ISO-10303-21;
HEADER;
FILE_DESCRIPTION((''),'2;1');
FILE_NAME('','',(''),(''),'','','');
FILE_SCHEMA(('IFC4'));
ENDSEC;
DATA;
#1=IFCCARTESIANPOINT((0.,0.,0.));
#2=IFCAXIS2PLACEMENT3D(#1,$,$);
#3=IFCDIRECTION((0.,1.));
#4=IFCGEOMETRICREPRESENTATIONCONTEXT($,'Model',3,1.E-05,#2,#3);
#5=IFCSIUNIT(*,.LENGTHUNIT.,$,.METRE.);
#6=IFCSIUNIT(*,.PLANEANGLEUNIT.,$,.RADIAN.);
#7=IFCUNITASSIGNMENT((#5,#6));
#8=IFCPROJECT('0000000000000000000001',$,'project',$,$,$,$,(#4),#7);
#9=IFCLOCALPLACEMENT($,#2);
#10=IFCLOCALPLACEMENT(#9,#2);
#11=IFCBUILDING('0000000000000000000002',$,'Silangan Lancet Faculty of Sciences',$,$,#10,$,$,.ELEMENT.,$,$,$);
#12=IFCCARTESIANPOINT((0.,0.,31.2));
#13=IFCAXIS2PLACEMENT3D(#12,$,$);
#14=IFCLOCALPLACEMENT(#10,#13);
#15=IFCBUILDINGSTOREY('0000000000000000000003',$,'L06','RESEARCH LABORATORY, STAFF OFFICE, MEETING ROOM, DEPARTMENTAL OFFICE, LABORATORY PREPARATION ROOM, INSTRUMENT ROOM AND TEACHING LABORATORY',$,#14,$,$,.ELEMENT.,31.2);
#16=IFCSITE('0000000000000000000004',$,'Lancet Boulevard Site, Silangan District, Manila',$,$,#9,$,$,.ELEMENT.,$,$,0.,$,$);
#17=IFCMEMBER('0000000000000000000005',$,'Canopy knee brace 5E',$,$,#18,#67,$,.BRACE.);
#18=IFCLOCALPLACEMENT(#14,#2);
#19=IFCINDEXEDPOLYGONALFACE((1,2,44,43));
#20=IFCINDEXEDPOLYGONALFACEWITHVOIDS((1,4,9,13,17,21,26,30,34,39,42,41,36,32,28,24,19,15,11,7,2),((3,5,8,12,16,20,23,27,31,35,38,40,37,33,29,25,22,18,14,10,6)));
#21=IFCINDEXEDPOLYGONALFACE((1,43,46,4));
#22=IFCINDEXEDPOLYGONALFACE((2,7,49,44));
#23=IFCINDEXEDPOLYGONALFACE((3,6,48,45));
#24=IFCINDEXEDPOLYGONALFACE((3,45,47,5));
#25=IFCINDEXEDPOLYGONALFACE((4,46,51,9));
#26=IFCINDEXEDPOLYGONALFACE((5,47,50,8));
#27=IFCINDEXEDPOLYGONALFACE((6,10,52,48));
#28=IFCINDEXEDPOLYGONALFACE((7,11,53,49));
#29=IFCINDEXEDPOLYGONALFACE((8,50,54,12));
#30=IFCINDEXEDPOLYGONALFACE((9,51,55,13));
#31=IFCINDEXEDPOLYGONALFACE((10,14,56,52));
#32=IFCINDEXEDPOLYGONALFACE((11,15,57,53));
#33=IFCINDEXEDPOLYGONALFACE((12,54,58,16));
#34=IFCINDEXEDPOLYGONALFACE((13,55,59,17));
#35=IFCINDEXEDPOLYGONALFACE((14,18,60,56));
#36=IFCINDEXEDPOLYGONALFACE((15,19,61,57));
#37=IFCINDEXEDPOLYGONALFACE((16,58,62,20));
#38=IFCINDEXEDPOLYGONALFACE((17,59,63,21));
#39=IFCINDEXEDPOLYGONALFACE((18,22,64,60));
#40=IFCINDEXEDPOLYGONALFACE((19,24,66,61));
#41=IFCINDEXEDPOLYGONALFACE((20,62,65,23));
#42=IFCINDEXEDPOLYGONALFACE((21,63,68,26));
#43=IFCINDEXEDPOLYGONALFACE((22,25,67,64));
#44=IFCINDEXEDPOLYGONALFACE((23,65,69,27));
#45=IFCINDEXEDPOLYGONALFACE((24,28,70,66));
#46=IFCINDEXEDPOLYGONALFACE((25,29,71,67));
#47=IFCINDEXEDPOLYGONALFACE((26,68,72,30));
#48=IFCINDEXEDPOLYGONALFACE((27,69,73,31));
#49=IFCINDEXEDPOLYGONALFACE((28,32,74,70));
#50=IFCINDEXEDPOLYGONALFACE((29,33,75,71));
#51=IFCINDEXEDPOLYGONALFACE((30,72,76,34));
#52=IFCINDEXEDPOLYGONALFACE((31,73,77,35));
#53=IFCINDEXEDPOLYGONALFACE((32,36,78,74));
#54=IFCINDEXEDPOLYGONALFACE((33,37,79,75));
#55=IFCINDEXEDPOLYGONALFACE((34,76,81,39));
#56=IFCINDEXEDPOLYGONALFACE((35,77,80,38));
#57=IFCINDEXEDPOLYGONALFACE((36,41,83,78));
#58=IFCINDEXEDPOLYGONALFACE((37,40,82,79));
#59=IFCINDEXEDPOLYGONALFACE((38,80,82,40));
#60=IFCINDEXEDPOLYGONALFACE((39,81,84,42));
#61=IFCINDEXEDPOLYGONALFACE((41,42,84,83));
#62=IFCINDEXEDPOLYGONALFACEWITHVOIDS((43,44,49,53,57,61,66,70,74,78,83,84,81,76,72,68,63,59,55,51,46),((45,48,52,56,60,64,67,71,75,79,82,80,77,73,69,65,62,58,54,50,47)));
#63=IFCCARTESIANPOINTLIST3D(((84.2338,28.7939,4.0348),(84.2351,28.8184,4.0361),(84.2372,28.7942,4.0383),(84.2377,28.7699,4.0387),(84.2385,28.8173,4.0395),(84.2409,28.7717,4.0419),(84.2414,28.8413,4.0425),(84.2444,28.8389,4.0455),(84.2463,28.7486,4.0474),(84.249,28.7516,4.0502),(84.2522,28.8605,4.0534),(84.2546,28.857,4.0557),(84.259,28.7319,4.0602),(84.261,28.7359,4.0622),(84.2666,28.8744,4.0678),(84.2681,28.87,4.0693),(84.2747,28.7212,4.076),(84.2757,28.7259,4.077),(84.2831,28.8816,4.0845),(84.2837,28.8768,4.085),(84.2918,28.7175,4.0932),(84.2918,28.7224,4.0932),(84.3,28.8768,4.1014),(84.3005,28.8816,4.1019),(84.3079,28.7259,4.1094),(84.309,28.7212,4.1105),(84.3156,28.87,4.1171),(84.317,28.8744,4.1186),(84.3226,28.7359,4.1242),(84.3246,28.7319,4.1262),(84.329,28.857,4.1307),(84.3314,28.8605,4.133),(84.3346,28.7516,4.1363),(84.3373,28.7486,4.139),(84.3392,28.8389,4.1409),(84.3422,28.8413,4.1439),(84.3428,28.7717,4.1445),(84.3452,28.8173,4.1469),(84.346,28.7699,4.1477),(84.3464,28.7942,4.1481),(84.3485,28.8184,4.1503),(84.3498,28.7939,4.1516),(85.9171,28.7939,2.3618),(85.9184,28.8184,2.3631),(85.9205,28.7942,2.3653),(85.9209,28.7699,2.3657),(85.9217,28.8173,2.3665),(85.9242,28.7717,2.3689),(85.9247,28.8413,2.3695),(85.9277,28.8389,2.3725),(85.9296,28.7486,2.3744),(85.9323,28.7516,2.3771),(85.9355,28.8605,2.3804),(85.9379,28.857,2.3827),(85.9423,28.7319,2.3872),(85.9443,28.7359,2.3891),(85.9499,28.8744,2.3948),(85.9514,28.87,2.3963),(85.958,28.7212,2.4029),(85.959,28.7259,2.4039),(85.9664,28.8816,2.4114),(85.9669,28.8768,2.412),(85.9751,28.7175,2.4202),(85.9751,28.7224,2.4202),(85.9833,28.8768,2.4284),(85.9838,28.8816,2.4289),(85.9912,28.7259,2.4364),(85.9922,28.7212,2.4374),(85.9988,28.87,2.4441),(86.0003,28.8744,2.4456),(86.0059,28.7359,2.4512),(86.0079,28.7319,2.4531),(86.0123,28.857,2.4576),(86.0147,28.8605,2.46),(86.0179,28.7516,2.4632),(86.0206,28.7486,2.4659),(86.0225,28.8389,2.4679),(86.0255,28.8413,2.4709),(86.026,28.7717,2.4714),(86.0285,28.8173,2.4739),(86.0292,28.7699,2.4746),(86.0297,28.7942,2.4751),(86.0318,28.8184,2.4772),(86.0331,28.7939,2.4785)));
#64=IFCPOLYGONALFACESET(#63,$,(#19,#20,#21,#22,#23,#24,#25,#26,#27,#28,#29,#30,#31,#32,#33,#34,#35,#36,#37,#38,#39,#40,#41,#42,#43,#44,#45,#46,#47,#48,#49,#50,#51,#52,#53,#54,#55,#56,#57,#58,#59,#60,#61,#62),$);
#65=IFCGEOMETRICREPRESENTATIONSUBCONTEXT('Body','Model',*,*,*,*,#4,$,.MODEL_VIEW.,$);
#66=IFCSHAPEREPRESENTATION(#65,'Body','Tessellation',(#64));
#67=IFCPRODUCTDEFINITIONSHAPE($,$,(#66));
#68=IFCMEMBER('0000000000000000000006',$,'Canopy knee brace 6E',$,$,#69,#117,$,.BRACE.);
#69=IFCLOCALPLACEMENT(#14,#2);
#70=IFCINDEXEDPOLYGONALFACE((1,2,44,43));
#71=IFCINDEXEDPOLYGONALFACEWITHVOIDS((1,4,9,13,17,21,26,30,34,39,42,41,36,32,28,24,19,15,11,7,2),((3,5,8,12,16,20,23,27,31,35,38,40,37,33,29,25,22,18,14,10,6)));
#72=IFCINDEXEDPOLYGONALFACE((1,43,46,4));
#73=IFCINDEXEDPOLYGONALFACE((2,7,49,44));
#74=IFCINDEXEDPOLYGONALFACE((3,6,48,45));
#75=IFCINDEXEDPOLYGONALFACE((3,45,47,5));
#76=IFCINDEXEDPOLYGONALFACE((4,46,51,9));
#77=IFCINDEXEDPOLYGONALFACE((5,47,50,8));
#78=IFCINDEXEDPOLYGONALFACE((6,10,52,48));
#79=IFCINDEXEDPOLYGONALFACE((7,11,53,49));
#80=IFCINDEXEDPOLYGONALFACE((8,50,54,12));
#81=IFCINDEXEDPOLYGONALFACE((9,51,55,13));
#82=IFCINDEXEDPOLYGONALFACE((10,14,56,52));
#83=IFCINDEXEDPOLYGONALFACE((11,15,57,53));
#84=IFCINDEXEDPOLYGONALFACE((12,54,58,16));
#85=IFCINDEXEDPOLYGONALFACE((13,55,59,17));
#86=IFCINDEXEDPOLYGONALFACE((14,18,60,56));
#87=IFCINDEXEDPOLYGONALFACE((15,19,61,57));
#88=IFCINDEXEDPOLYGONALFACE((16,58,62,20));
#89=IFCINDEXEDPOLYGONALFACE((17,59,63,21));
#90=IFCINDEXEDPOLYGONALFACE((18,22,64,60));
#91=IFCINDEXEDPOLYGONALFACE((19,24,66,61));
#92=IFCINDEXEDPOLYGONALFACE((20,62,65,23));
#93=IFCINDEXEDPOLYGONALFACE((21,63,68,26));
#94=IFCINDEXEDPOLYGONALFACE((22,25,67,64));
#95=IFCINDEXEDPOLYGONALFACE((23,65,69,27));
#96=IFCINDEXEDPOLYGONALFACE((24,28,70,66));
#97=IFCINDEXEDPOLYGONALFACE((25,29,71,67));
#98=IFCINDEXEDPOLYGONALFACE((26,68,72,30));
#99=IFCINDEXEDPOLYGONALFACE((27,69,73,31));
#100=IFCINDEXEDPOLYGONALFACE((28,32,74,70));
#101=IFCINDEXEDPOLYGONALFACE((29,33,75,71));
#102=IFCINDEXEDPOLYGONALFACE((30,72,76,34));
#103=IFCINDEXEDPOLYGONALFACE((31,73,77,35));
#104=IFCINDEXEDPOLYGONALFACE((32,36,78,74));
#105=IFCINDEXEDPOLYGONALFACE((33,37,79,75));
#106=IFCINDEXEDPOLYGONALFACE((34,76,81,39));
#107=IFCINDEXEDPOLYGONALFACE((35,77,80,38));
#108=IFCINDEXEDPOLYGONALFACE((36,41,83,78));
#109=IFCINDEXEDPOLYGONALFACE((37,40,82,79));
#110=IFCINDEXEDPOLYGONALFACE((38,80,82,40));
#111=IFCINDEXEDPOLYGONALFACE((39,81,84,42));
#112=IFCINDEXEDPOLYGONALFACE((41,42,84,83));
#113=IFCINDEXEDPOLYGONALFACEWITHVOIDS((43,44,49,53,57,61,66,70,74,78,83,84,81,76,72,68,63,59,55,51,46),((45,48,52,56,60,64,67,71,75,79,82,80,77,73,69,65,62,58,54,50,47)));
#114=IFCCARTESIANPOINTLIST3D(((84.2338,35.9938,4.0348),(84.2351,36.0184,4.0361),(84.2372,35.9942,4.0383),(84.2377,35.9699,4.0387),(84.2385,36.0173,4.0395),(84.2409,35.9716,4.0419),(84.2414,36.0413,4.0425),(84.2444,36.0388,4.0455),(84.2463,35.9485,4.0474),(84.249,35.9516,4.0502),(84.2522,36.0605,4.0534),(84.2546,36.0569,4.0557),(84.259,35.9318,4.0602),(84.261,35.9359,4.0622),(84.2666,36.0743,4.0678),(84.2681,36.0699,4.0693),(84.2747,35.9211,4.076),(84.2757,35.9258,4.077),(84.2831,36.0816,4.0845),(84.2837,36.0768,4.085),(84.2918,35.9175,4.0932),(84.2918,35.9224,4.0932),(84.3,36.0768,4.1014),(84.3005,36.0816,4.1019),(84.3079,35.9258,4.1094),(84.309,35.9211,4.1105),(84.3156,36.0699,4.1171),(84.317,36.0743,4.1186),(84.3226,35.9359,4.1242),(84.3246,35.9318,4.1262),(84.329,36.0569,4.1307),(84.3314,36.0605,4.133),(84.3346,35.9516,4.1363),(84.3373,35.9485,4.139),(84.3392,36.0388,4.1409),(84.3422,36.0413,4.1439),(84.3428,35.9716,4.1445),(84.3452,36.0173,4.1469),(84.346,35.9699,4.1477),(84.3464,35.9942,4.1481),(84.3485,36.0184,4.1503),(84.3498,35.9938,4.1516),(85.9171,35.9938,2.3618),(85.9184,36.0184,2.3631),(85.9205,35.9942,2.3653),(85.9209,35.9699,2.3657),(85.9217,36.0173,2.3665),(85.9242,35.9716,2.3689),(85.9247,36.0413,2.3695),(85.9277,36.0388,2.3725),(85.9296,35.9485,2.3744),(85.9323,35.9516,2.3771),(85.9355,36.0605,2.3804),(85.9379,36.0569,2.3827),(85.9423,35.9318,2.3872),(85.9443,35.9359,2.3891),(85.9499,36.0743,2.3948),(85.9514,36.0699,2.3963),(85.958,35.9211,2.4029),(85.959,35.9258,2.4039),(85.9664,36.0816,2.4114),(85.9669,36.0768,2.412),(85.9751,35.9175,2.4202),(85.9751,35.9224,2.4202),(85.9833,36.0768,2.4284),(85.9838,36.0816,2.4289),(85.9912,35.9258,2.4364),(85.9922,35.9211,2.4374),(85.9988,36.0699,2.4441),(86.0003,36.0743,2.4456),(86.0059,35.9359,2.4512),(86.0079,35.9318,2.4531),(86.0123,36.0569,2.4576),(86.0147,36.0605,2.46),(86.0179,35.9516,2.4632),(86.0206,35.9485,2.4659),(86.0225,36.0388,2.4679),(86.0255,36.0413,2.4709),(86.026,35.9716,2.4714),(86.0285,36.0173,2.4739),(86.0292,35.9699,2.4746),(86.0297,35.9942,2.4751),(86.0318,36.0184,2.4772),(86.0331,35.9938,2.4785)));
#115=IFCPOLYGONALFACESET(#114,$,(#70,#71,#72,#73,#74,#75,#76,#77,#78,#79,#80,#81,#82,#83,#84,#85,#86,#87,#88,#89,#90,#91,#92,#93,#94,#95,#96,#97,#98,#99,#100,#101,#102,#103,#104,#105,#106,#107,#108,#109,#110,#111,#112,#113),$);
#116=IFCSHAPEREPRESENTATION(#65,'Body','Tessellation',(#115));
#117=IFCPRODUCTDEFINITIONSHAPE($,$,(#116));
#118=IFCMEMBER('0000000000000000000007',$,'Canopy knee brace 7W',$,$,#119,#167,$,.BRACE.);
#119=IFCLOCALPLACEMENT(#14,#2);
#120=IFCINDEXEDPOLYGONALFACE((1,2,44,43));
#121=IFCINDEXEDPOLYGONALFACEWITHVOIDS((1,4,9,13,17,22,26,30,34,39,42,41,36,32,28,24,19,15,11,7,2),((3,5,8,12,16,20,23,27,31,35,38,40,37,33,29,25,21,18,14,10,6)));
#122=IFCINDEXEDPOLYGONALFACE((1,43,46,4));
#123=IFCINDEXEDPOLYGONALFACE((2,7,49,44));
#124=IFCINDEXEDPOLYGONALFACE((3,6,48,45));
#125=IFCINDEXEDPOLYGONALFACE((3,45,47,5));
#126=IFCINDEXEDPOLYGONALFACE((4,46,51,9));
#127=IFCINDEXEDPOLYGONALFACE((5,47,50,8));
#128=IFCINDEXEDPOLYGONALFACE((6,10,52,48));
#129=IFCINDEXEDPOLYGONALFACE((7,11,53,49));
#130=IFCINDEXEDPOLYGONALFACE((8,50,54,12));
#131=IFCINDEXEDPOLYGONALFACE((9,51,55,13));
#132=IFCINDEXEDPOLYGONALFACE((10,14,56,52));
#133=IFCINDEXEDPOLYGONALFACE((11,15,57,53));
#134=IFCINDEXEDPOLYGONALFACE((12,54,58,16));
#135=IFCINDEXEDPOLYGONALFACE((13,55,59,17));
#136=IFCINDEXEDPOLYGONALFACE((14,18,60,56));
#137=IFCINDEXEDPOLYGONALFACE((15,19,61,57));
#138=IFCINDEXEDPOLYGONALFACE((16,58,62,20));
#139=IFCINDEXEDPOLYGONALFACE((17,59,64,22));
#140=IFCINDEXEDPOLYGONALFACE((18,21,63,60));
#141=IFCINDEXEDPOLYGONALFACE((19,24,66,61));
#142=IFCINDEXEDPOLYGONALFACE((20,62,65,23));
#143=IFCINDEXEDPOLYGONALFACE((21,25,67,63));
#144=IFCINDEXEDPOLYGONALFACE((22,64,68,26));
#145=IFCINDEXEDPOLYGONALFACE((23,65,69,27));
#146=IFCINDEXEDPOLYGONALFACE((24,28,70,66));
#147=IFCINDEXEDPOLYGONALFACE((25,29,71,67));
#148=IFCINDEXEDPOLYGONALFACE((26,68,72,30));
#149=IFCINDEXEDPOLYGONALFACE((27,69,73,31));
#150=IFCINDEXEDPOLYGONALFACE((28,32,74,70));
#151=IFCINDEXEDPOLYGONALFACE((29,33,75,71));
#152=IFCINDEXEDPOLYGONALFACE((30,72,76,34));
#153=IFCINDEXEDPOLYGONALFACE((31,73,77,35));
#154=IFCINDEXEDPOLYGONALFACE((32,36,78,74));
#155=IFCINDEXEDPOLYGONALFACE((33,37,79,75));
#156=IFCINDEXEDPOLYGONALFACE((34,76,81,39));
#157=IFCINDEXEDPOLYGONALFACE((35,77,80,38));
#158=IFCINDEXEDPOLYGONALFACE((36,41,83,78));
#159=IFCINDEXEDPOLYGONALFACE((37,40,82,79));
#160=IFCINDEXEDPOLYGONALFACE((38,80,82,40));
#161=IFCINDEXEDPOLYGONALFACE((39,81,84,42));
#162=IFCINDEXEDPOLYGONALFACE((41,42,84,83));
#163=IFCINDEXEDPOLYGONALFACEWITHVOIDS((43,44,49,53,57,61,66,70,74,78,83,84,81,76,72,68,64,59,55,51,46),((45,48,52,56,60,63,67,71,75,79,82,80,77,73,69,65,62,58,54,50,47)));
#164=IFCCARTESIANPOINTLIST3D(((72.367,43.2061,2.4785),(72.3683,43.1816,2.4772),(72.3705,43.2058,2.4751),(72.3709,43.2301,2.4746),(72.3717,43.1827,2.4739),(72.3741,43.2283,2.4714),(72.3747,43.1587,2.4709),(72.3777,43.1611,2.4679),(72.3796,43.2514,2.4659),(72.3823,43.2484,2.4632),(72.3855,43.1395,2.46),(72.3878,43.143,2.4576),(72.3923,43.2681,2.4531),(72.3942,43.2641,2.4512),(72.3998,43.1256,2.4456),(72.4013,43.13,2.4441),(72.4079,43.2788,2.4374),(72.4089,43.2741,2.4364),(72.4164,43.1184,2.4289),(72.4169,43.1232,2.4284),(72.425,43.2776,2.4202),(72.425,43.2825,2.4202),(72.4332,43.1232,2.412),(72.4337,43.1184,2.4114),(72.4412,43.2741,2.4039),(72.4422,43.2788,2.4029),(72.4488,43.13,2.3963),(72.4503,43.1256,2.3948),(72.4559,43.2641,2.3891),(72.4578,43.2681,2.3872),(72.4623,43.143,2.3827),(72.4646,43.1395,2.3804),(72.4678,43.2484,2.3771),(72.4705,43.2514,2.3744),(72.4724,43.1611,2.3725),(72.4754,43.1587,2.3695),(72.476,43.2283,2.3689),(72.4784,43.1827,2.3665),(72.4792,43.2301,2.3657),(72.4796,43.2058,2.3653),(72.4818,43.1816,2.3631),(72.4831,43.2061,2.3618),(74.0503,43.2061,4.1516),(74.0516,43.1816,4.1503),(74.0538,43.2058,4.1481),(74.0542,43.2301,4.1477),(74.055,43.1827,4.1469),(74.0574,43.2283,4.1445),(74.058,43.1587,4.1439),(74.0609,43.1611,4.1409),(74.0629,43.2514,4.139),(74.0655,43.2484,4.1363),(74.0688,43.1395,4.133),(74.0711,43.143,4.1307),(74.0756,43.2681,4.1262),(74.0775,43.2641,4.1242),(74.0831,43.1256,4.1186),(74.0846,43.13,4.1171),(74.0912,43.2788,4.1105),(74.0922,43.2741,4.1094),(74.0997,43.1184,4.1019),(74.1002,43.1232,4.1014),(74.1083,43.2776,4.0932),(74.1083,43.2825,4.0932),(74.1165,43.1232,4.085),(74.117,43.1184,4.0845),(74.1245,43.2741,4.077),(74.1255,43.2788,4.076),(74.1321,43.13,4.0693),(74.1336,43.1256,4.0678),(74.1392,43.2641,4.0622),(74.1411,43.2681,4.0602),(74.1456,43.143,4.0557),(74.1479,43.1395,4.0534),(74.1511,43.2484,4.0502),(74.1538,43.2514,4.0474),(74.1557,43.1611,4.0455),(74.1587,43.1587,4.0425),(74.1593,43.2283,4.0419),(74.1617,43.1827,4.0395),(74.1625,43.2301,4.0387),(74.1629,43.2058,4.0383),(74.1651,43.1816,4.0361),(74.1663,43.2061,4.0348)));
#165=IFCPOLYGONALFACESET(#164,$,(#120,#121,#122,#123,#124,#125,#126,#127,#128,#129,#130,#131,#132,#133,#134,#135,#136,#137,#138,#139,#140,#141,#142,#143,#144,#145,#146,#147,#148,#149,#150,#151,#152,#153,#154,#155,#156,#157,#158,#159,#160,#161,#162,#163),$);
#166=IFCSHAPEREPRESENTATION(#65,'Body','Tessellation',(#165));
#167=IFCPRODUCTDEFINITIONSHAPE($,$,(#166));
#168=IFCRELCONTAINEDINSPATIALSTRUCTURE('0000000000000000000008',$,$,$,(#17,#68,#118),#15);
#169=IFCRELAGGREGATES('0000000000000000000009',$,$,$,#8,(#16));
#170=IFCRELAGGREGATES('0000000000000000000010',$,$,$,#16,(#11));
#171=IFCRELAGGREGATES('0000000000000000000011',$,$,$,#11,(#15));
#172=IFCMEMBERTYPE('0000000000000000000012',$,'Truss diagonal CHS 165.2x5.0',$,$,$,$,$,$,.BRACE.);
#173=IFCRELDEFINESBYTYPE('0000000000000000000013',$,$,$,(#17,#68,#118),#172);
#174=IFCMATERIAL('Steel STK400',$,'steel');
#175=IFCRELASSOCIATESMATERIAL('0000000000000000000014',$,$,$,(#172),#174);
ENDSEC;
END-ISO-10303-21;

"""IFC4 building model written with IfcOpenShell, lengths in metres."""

from ifc_helpers import new_model, si_unit, direction, frame, origin, origin_2d, place, context, subcontext, project, spatial, hollow_circle, extrude, material, material_profile, profile_set, type_object, element, save


model = new_model("IFC4")

# Units and contexts
model_context = context("Model", 3, precision=1e-05, world=origin(), true_north=direction((0.0, 1.0)))
body_context = subcontext(model_context, "Body", "Model", "MODEL_VIEW")
ifc_project = project(units=[si_unit("LENGTHUNIT", "METRE"), si_unit("PLANEANGLEUNIT", "RADIAN")], contexts=[model_context])

# Site, building, storey
site_placement = place(None, origin())
site = spatial("IfcSite", under=ifc_project, at=site_placement, Name="Lancet Boulevard Site, Silangan District, Manila", CompositionType="ELEMENT", RefElevation=0.0)
building_placement = place(site_placement, origin())
building = spatial("IfcBuilding", under=site, at=building_placement, Name="Silangan Lancet Faculty of Sciences", CompositionType="ELEMENT")
storey_placement = place(building_placement, frame((0.0, 0.0, 31.2)))
storey = spatial("IfcBuildingStorey", under=building, at=storey_placement, Name="L06", Description="RESEARCH LABORATORY, STAFF OFFICE, MEETING ROOM, DEPARTMENTAL OFFICE, LABORATORY PREPARATION ROOM, INSTRUMENT ROOM AND TEACHING LABORATORY", CompositionType="ELEMENT", Elevation=31.2)

# Members
ifc_material_1 = material(Name="Steel STK400", Category="steel")
ifc_material_profile_1 = material_profile(ifc_material_1, hollow_circle(Radius=0.0825, WallThickness=0.0049, at=origin_2d()), Name="CHS 165.2x5.0")
ifc_profile_set_1 = profile_set([ifc_material_profile_1], Name="Steel STK400")
member_type_1 = type_object("IfcMemberType", Name="Truss diagonal CHS 165.2x5.0", PredefinedType="BRACE", material=ifc_profile_set_1)
for number, where, z_axis, x_axis, name in (
    (1, (85.9751, 28.8, 2.4202), (-0.709264, 0.0, 0.704943), (0.0, -1.0, 0.0), "Canopy knee brace 5E"),
    (2, (85.9751, 36.0, 2.4202), (-0.709264, 0.0, 0.704943), (0.0, -1.0, 0.0), "Canopy knee brace 6E"),
    (3, (72.425, 43.2, 2.4202), (0.709264, 0.0, 0.704943), (0.0, 1.0, 0.0), "Canopy knee brace 7W"),
):
    element("IfcMember", number, at=place(storey_placement, frame(where, z_axis=z_axis, x_axis=x_axis)), inside=storey, type_object=member_type_1, Name=name, PredefinedType="BRACE", context=body_context, shape_type="SweptSolid", body=[
        extrude(hollow_circle(Radius=0.0825, WallThickness=0.0049, at=origin_2d()), origin(), (0.0, 0.0, 1.0), 2.3733),
    ])

save(model, "model.ifc")
